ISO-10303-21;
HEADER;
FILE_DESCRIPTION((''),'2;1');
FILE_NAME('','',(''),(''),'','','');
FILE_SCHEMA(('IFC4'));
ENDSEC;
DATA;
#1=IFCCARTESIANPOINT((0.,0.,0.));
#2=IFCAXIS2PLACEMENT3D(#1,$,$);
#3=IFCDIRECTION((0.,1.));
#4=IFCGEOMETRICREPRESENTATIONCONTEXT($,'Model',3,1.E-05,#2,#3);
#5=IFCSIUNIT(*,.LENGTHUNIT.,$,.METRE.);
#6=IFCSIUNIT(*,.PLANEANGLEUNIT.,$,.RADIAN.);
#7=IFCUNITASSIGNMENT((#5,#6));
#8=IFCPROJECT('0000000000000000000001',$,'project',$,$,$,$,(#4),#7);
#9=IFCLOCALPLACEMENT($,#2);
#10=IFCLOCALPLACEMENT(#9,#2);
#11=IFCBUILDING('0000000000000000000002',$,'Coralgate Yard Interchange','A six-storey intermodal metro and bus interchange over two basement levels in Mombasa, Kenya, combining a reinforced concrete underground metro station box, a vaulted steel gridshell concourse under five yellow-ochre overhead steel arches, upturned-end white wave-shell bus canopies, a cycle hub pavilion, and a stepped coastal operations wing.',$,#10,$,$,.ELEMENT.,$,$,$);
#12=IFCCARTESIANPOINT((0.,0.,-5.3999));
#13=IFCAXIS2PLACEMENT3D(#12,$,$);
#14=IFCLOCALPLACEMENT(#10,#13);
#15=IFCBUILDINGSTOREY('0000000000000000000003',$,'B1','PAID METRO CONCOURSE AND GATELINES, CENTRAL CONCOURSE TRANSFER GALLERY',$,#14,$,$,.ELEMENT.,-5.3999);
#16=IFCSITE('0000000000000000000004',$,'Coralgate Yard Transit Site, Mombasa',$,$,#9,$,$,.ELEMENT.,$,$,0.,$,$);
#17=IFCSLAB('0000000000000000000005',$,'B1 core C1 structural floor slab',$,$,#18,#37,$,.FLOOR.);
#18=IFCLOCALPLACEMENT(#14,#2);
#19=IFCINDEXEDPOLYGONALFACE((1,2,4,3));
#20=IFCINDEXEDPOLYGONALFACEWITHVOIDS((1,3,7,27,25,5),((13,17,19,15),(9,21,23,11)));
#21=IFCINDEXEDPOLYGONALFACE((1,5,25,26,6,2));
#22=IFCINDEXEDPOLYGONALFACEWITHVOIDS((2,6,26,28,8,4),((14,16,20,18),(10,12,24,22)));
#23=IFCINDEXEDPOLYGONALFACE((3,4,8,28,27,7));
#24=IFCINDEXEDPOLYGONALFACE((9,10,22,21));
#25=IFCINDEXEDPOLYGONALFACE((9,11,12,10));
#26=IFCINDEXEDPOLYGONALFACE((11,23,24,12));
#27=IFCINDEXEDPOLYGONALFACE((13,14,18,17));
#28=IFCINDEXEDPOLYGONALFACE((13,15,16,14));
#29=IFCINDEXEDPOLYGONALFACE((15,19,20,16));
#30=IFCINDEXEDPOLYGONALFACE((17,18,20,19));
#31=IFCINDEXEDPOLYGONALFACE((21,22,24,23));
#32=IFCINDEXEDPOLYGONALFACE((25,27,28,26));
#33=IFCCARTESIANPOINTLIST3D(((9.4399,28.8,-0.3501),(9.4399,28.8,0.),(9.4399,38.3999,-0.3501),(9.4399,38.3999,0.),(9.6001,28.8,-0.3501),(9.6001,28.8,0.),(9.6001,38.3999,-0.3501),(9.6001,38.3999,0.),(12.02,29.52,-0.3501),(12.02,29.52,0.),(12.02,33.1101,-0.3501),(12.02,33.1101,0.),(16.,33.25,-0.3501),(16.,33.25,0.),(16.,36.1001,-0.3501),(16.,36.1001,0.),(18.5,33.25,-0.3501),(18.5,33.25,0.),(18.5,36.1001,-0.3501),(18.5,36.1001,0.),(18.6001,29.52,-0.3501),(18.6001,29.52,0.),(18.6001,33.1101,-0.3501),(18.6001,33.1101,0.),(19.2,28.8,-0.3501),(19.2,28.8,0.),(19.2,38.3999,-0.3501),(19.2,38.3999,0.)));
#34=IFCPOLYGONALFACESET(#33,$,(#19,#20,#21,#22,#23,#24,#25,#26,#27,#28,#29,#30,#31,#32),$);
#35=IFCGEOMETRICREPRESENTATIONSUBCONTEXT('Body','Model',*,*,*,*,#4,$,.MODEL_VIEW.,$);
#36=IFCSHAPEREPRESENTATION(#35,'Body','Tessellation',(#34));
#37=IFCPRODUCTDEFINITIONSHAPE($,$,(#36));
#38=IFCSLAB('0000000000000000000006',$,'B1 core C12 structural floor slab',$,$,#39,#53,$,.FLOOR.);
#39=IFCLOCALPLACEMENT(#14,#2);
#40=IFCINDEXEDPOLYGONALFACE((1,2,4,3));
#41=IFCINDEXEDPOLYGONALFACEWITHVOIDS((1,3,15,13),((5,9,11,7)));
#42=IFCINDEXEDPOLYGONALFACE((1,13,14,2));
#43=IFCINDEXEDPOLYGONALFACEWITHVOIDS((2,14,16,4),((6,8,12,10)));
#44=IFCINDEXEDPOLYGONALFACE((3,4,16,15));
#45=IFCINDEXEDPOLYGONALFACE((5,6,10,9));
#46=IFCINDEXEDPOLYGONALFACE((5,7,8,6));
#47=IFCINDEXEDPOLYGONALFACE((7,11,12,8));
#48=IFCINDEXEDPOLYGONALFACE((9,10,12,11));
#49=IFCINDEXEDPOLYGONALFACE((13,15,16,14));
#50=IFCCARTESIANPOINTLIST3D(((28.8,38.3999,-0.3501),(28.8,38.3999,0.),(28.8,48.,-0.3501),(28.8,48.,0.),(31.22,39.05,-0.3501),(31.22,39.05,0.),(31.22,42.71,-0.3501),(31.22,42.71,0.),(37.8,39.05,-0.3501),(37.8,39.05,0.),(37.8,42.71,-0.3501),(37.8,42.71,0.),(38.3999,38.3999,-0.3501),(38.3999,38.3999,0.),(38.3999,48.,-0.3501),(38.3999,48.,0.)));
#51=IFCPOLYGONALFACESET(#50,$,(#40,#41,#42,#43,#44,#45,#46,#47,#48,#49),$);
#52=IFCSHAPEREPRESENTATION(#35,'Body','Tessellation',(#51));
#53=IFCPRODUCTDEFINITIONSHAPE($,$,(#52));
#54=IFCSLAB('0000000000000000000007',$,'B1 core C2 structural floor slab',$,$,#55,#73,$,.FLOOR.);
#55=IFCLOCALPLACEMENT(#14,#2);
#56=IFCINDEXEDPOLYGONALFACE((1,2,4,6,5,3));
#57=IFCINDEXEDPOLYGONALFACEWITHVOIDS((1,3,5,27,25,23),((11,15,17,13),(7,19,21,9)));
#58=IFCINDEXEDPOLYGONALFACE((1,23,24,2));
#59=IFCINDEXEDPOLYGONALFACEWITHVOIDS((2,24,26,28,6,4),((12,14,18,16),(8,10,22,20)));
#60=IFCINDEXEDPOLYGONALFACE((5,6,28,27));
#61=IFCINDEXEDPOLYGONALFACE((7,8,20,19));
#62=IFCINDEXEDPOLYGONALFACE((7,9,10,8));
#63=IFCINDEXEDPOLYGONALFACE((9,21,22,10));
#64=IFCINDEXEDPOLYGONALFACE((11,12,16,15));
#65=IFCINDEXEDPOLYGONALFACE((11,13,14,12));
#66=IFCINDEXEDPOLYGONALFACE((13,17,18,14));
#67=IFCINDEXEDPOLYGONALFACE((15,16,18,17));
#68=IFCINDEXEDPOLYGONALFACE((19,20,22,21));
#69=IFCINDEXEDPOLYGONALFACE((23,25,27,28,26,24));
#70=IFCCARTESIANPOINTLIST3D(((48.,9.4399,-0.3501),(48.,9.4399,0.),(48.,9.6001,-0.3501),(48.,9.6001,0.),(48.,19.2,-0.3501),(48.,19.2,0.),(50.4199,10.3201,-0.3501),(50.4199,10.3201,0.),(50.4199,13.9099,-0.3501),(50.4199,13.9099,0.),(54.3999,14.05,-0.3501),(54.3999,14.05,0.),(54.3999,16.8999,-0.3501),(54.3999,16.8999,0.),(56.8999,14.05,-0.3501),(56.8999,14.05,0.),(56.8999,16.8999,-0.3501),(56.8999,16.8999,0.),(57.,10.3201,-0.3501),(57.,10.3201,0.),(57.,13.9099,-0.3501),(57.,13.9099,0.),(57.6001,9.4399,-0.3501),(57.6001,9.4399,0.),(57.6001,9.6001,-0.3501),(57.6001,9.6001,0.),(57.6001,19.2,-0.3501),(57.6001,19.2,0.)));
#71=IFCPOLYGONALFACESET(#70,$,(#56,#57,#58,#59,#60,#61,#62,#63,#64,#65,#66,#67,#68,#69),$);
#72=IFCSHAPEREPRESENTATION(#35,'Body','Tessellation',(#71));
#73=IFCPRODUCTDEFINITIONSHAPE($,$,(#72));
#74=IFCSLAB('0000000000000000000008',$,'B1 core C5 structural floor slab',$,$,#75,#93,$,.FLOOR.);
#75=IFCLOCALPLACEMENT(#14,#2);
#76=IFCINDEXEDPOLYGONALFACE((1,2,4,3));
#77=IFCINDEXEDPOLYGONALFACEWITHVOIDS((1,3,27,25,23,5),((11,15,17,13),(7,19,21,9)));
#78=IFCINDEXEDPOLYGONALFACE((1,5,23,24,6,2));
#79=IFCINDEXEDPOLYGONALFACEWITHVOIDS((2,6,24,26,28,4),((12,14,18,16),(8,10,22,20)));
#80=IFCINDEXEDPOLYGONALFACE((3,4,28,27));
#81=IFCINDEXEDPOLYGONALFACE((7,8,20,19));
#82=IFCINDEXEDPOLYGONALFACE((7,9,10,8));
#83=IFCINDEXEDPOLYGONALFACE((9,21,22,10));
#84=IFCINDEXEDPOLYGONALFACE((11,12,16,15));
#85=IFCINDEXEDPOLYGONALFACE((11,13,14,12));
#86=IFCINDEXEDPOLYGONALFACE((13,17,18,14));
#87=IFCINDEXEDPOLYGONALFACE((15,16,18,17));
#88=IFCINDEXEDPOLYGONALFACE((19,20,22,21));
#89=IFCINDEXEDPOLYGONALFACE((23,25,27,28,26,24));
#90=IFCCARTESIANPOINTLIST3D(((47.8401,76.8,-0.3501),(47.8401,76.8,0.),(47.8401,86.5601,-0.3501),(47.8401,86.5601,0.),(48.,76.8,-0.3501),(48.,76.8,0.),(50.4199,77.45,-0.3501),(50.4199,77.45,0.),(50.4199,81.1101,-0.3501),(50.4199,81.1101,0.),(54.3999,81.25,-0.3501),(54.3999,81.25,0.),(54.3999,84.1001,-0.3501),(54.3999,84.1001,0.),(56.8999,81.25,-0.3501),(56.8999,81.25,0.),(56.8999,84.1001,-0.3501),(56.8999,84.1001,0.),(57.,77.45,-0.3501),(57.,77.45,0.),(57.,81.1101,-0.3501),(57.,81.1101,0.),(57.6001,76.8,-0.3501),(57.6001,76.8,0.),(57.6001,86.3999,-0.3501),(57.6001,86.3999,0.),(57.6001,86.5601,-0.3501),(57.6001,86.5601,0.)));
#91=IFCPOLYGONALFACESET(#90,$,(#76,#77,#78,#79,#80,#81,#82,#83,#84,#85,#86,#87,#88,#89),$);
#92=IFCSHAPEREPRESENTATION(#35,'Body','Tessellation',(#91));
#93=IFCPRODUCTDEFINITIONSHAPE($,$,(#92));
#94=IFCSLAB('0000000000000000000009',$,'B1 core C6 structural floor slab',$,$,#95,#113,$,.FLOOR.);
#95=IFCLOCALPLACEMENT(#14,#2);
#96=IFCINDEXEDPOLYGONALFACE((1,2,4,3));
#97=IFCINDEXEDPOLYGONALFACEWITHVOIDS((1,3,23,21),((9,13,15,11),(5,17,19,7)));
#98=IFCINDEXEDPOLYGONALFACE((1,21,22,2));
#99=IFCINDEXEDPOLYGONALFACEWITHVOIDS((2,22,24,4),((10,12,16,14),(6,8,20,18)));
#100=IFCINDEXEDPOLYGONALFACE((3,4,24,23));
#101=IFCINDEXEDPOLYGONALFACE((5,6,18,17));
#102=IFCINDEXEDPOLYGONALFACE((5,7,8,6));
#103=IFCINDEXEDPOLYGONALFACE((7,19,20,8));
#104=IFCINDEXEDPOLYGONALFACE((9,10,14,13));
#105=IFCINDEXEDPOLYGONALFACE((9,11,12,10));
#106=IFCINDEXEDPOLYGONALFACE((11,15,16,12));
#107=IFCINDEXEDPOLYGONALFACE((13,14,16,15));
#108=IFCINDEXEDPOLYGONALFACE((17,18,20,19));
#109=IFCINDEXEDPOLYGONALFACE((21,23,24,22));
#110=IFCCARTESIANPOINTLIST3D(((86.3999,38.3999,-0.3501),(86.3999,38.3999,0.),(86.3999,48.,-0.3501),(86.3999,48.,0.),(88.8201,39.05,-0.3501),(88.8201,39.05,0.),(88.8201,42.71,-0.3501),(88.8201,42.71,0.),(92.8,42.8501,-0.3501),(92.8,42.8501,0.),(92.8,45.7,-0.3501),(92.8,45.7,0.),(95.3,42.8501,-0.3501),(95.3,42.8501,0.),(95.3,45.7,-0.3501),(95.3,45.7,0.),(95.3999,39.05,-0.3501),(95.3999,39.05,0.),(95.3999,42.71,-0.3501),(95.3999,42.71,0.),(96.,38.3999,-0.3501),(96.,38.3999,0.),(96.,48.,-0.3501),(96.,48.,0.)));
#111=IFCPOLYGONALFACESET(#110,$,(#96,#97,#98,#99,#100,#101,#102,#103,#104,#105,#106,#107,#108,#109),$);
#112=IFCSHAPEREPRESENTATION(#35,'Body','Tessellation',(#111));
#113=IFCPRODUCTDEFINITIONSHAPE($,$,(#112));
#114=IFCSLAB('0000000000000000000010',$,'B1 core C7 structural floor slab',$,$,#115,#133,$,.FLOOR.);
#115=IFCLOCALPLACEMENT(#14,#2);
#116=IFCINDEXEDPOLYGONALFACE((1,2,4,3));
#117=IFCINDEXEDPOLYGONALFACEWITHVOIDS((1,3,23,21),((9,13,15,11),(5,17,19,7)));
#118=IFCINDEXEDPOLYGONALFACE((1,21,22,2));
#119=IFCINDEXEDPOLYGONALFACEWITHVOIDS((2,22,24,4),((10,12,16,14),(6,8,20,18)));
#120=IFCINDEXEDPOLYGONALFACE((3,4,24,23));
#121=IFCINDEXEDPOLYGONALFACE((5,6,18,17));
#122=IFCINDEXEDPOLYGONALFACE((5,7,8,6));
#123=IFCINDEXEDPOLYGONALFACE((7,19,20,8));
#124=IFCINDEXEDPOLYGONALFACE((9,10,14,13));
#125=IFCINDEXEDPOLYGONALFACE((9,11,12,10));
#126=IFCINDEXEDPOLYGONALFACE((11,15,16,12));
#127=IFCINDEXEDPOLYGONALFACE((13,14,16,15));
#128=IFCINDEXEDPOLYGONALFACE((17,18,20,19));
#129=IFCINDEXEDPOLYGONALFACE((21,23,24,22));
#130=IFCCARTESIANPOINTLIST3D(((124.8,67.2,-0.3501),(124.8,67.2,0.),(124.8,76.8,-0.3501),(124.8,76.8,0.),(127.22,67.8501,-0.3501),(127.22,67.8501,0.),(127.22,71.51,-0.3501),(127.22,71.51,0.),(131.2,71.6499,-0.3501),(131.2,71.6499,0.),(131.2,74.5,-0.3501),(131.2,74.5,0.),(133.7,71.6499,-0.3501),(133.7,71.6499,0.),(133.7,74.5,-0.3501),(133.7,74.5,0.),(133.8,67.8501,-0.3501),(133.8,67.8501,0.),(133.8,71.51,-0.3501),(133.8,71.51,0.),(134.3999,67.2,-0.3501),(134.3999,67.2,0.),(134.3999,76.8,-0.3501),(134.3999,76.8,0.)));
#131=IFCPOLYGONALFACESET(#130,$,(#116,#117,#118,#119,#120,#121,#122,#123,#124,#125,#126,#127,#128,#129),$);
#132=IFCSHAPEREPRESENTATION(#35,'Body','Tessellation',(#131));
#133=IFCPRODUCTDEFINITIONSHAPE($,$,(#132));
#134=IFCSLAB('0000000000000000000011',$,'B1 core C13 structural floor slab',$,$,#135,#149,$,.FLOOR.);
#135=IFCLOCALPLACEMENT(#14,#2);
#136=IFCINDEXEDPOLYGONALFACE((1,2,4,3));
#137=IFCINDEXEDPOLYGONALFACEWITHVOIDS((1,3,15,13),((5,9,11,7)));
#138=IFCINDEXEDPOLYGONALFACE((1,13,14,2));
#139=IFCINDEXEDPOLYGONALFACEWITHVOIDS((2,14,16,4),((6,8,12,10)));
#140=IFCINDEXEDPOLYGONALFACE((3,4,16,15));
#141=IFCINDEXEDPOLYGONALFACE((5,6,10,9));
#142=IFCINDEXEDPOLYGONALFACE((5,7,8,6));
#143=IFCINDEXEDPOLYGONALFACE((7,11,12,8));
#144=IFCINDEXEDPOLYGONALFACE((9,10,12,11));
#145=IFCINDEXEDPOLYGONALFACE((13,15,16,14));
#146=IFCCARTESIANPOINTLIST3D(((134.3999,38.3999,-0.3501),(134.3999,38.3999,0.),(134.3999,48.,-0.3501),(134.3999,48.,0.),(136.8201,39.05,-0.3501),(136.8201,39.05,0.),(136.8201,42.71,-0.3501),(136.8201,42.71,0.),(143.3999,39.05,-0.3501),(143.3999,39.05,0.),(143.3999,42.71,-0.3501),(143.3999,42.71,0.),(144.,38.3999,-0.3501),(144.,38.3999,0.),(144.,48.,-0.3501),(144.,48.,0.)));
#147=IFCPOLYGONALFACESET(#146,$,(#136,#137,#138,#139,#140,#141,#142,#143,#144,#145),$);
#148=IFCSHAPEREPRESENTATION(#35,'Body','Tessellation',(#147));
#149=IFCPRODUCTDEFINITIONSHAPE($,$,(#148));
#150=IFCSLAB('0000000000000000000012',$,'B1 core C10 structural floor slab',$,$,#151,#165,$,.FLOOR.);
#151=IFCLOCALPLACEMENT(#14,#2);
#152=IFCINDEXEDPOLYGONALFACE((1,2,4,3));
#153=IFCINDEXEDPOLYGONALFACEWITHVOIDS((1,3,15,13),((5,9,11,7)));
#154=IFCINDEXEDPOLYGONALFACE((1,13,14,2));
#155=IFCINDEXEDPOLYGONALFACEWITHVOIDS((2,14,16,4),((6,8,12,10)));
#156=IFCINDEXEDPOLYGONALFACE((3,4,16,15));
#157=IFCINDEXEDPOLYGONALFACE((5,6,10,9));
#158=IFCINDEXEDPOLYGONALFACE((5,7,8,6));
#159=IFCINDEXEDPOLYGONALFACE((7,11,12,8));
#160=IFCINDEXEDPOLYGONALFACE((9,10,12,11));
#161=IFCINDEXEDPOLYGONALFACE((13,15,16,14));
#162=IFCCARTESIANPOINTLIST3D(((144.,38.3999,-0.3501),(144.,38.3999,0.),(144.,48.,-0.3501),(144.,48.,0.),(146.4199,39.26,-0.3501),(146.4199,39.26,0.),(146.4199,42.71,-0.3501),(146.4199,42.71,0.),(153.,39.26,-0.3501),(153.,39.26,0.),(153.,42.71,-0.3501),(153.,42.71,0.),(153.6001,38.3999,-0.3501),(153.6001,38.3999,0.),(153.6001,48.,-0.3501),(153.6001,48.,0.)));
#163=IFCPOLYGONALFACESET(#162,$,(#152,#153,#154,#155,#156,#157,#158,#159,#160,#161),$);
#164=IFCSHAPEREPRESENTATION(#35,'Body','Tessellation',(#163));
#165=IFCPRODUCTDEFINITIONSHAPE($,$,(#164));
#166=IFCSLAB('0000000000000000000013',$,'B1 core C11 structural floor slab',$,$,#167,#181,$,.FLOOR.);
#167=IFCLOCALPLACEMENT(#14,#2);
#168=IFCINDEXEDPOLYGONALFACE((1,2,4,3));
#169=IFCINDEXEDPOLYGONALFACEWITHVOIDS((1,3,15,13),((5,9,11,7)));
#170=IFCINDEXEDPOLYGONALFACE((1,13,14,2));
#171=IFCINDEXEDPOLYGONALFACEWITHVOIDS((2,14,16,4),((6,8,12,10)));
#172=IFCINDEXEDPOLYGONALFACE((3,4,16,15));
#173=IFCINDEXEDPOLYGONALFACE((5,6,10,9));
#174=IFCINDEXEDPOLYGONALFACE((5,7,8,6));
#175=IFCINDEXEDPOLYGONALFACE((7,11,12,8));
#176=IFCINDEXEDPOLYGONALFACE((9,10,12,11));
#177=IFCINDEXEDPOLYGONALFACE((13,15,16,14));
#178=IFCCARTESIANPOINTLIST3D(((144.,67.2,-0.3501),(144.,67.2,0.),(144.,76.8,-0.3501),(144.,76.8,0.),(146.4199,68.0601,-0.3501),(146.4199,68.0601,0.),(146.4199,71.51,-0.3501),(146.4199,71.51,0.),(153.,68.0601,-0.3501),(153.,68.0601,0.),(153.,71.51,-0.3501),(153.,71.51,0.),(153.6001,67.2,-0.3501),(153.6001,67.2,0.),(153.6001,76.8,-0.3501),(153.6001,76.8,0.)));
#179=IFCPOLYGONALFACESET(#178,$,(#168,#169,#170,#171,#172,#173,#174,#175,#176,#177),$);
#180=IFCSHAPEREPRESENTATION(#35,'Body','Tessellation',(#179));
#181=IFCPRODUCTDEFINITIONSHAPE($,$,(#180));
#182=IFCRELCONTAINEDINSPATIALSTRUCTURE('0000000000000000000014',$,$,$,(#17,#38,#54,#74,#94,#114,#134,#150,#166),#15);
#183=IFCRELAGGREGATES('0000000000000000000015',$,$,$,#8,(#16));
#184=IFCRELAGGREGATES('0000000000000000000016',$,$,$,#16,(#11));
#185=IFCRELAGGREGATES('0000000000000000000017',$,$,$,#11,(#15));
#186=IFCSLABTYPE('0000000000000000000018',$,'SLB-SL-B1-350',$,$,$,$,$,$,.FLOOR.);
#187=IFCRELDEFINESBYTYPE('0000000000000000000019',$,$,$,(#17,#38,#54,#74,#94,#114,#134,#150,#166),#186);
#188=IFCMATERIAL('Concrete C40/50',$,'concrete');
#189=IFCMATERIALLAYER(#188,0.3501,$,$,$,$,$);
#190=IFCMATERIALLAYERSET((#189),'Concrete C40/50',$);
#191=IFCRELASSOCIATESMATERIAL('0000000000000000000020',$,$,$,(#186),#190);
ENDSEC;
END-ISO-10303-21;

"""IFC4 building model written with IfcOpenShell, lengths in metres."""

from ifc_helpers import new_model, si_unit, direction, frame, origin, place, context, subcontext, project, spatial, polyline, outline, extrude, material, layer, layer_set, type_object, element, save


model = new_model("IFC4")

# Units and contexts
model_context = context("Model", 3, precision=1e-05, world=origin(), true_north=direction((0.0, 1.0)))
body_context = subcontext(model_context, "Body", "Model", "MODEL_VIEW")
ifc_project = project(units=[si_unit("LENGTHUNIT", "METRE"), si_unit("PLANEANGLEUNIT", "RADIAN")], contexts=[model_context])

# Site, building, storey
site_placement = place(None, origin())
site = spatial("IfcSite", under=ifc_project, at=site_placement, Name="Coralgate Yard Transit Site, Mombasa", CompositionType="ELEMENT", RefElevation=0.0)
building_placement = place(site_placement, origin())
building = spatial("IfcBuilding", under=site, at=building_placement, Name="Coralgate Yard Interchange", Description="A six-storey intermodal metro and bus interchange over two basement levels in Mombasa, Kenya, combining a reinforced concrete underground metro station box, a vaulted steel gridshell concourse under five yellow-ochre overhead steel arches, upturned-end white wave-shell bus canopies, a cycle hub pavilion, and a stepped coastal operations wing.", CompositionType="ELEMENT")
storey_placement = place(building_placement, frame((0.0, 0.0, -5.3999)))
storey = spatial("IfcBuildingStorey", under=building, at=storey_placement, Name="B1", Description="PAID METRO CONCOURSE AND GATELINES, CENTRAL CONCOURSE TRANSFER GALLERY", CompositionType="ELEMENT", Elevation=-5.3999)

# Shared definitions
ifc_material_1 = material(Name="Concrete C40/50", Category="concrete")

# Slabs
ifc_layer_1 = layer(ifc_material_1, 0.3501)
ifc_layer_set_1 = layer_set([ifc_layer_1], Name="Concrete C40/50")
slab_type_1 = type_object("IfcSlabType", Name="SLB-SL-B1-350", PredefinedType="FLOOR", material=ifc_layer_set_1)
slab_1_placement = place(storey_placement, frame((0.0, 0.0, -0.3501)))
element("IfcSlab", 1, at=slab_1_placement, inside=storey, type_object=slab_type_1, Name="B1 core C1 structural floor slab", PredefinedType="FLOOR", context=body_context, shape_type="SweptSolid", body=[
    extrude(outline(polyline([(9.6001, 38.3999), (19.2, 38.3999), (19.2, 28.8), (9.6001, 28.8), (9.4399, 28.8), (9.4399, 38.3999), (9.6001, 38.3999)]), holes=[polyline([(18.6001, 33.1101), (12.02, 33.1101), (12.02, 29.52), (18.6001, 29.52), (18.6001, 33.1101)]), polyline([(18.5, 33.25), (18.5, 36.1001), (16.0, 36.1001), (16.0, 33.25), (18.5, 33.25)])]), origin(), (0.0, 0.0, 1.0), 0.3501),
])
slab_2_placement = place(storey_placement, frame((0.0, 0.0, -0.3501)))
element("IfcSlab", 2, at=slab_2_placement, inside=storey, type_object=slab_type_1, Name="B1 core C12 structural floor slab", PredefinedType="FLOOR", context=body_context, shape_type="SweptSolid", body=[
    extrude(outline(polyline([(28.8, 48.0), (38.3999, 48.0), (38.3999, 38.3999), (28.8, 38.3999), (28.8, 48.0)]), holes=[polyline([(37.8, 39.05), (37.8, 42.71), (31.22, 42.71), (31.22, 39.05), (37.8, 39.05)])]), origin(), (0.0, 0.0, 1.0), 0.3501),
])
slab_3_placement = place(storey_placement, frame((0.0, 0.0, -0.3501)))
element("IfcSlab", 3, at=slab_3_placement, inside=storey, type_object=slab_type_1, Name="B1 core C2 structural floor slab", PredefinedType="FLOOR", context=body_context, shape_type="SweptSolid", body=[
    extrude(outline(polyline([(48.0, 9.6001), (48.0, 19.2), (57.6001, 19.2), (57.6001, 9.6001), (57.6001, 9.4399), (48.0, 9.4399), (48.0, 9.6001)]), holes=[polyline([(57.0, 13.9099), (50.4199, 13.9099), (50.4199, 10.3201), (57.0, 10.3201), (57.0, 13.9099)]), polyline([(56.8999, 14.05), (56.8999, 16.8999), (54.3999, 16.8999), (54.3999, 14.05), (56.8999, 14.05)])]), origin(), (0.0, 0.0, 1.0), 0.3501),
])
slab_4_placement = place(storey_placement, frame((0.0, 0.0, -0.3501)))
element("IfcSlab", 4, at=slab_4_placement, inside=storey, type_object=slab_type_1, Name="B1 core C5 structural floor slab", PredefinedType="FLOOR", context=body_context, shape_type="SweptSolid", body=[
    extrude(outline(polyline([(47.8401, 86.5601), (57.6001, 86.5601), (57.6001, 86.3999), (57.6001, 76.8), (48.0, 76.8), (47.8401, 76.8), (47.8401, 86.5601)]), holes=[polyline([(57.0, 81.1101), (50.4199, 81.1101), (50.4199, 77.45), (57.0, 77.45), (57.0, 81.1101)]), polyline([(56.8999, 81.25), (56.8999, 84.1001), (54.3999, 84.1001), (54.3999, 81.25), (56.8999, 81.25)])]), origin(), (0.0, 0.0, 1.0), 0.3501),
])
slab_5_placement = place(storey_placement, frame((0.0, 0.0, -0.3501)))
element("IfcSlab", 5, at=slab_5_placement, inside=storey, type_object=slab_type_1, Name="B1 core C6 structural floor slab", PredefinedType="FLOOR", context=body_context, shape_type="SweptSolid", body=[
    extrude(outline(polyline([(96.0, 48.0), (96.0, 38.3999), (86.3999, 38.3999), (86.3999, 48.0), (96.0, 48.0)]), holes=[polyline([(95.3999, 42.71), (88.8201, 42.71), (88.8201, 39.05), (95.3999, 39.05), (95.3999, 42.71)]), polyline([(95.3, 42.8501), (95.3, 45.7), (92.8, 45.7), (92.8, 42.8501), (95.3, 42.8501)])]), origin(), (0.0, 0.0, 1.0), 0.3501),
])
slab_6_placement = place(storey_placement, frame((0.0, 0.0, -0.3501)))
element("IfcSlab", 6, at=slab_6_placement, inside=storey, type_object=slab_type_1, Name="B1 core C7 structural floor slab", PredefinedType="FLOOR", context=body_context, shape_type="SweptSolid", body=[
    extrude(outline(polyline([(134.3999, 76.8), (134.3999, 67.2), (124.8, 67.2), (124.8, 76.8), (134.3999, 76.8)]), holes=[polyline([(133.8, 71.51), (127.22, 71.51), (127.22, 67.8501), (133.8, 67.8501), (133.8, 71.51)]), polyline([(133.7, 71.6499), (133.7, 74.5), (131.2, 74.5), (131.2, 71.6499), (133.7, 71.6499)])]), origin(), (0.0, 0.0, 1.0), 0.3501),
])
slab_7_placement = place(storey_placement, frame((0.0, 0.0, -0.3501)))
element("IfcSlab", 7, at=slab_7_placement, inside=storey, type_object=slab_type_1, Name="B1 core C13 structural floor slab", PredefinedType="FLOOR", context=body_context, shape_type="SweptSolid", body=[
    extrude(outline(polyline([(134.3999, 48.0), (144.0, 48.0), (144.0, 38.3999), (134.3999, 38.3999), (134.3999, 48.0)]), holes=[polyline([(143.3999, 39.05), (143.3999, 42.71), (136.8201, 42.71), (136.8201, 39.05), (143.3999, 39.05)])]), origin(), (0.0, 0.0, 1.0), 0.3501),
])
slab_8_placement = place(storey_placement, frame((0.0, 0.0, -0.3501)))
element("IfcSlab", 8, at=slab_8_placement, inside=storey, type_object=slab_type_1, Name="B1 core C10 structural floor slab", PredefinedType="FLOOR", context=body_context, shape_type="SweptSolid", body=[
    extrude(outline(polyline([(144.0, 48.0), (153.6001, 48.0), (153.6001, 38.3999), (144.0, 38.3999), (144.0, 48.0)]), holes=[polyline([(153.0, 39.26), (153.0, 42.71), (146.4199, 42.71), (146.4199, 39.26), (153.0, 39.26)])]), origin(), (0.0, 0.0, 1.0), 0.3501),
])
slab_9_placement = place(storey_placement, frame((0.0, 0.0, -0.3501)))
element("IfcSlab", 9, at=slab_9_placement, inside=storey, type_object=slab_type_1, Name="B1 core C11 structural floor slab", PredefinedType="FLOOR", context=body_context, shape_type="SweptSolid", body=[
    extrude(outline(polyline([(144.0, 76.8), (153.6001, 76.8), (153.6001, 67.2), (144.0, 67.2), (144.0, 76.8)]), holes=[polyline([(153.0, 68.0601), (153.0, 71.51), (146.4199, 71.51), (146.4199, 68.0601), (153.0, 68.0601)])]), origin(), (0.0, 0.0, 1.0), 0.3501),
])

save(model, "model.ifc")
